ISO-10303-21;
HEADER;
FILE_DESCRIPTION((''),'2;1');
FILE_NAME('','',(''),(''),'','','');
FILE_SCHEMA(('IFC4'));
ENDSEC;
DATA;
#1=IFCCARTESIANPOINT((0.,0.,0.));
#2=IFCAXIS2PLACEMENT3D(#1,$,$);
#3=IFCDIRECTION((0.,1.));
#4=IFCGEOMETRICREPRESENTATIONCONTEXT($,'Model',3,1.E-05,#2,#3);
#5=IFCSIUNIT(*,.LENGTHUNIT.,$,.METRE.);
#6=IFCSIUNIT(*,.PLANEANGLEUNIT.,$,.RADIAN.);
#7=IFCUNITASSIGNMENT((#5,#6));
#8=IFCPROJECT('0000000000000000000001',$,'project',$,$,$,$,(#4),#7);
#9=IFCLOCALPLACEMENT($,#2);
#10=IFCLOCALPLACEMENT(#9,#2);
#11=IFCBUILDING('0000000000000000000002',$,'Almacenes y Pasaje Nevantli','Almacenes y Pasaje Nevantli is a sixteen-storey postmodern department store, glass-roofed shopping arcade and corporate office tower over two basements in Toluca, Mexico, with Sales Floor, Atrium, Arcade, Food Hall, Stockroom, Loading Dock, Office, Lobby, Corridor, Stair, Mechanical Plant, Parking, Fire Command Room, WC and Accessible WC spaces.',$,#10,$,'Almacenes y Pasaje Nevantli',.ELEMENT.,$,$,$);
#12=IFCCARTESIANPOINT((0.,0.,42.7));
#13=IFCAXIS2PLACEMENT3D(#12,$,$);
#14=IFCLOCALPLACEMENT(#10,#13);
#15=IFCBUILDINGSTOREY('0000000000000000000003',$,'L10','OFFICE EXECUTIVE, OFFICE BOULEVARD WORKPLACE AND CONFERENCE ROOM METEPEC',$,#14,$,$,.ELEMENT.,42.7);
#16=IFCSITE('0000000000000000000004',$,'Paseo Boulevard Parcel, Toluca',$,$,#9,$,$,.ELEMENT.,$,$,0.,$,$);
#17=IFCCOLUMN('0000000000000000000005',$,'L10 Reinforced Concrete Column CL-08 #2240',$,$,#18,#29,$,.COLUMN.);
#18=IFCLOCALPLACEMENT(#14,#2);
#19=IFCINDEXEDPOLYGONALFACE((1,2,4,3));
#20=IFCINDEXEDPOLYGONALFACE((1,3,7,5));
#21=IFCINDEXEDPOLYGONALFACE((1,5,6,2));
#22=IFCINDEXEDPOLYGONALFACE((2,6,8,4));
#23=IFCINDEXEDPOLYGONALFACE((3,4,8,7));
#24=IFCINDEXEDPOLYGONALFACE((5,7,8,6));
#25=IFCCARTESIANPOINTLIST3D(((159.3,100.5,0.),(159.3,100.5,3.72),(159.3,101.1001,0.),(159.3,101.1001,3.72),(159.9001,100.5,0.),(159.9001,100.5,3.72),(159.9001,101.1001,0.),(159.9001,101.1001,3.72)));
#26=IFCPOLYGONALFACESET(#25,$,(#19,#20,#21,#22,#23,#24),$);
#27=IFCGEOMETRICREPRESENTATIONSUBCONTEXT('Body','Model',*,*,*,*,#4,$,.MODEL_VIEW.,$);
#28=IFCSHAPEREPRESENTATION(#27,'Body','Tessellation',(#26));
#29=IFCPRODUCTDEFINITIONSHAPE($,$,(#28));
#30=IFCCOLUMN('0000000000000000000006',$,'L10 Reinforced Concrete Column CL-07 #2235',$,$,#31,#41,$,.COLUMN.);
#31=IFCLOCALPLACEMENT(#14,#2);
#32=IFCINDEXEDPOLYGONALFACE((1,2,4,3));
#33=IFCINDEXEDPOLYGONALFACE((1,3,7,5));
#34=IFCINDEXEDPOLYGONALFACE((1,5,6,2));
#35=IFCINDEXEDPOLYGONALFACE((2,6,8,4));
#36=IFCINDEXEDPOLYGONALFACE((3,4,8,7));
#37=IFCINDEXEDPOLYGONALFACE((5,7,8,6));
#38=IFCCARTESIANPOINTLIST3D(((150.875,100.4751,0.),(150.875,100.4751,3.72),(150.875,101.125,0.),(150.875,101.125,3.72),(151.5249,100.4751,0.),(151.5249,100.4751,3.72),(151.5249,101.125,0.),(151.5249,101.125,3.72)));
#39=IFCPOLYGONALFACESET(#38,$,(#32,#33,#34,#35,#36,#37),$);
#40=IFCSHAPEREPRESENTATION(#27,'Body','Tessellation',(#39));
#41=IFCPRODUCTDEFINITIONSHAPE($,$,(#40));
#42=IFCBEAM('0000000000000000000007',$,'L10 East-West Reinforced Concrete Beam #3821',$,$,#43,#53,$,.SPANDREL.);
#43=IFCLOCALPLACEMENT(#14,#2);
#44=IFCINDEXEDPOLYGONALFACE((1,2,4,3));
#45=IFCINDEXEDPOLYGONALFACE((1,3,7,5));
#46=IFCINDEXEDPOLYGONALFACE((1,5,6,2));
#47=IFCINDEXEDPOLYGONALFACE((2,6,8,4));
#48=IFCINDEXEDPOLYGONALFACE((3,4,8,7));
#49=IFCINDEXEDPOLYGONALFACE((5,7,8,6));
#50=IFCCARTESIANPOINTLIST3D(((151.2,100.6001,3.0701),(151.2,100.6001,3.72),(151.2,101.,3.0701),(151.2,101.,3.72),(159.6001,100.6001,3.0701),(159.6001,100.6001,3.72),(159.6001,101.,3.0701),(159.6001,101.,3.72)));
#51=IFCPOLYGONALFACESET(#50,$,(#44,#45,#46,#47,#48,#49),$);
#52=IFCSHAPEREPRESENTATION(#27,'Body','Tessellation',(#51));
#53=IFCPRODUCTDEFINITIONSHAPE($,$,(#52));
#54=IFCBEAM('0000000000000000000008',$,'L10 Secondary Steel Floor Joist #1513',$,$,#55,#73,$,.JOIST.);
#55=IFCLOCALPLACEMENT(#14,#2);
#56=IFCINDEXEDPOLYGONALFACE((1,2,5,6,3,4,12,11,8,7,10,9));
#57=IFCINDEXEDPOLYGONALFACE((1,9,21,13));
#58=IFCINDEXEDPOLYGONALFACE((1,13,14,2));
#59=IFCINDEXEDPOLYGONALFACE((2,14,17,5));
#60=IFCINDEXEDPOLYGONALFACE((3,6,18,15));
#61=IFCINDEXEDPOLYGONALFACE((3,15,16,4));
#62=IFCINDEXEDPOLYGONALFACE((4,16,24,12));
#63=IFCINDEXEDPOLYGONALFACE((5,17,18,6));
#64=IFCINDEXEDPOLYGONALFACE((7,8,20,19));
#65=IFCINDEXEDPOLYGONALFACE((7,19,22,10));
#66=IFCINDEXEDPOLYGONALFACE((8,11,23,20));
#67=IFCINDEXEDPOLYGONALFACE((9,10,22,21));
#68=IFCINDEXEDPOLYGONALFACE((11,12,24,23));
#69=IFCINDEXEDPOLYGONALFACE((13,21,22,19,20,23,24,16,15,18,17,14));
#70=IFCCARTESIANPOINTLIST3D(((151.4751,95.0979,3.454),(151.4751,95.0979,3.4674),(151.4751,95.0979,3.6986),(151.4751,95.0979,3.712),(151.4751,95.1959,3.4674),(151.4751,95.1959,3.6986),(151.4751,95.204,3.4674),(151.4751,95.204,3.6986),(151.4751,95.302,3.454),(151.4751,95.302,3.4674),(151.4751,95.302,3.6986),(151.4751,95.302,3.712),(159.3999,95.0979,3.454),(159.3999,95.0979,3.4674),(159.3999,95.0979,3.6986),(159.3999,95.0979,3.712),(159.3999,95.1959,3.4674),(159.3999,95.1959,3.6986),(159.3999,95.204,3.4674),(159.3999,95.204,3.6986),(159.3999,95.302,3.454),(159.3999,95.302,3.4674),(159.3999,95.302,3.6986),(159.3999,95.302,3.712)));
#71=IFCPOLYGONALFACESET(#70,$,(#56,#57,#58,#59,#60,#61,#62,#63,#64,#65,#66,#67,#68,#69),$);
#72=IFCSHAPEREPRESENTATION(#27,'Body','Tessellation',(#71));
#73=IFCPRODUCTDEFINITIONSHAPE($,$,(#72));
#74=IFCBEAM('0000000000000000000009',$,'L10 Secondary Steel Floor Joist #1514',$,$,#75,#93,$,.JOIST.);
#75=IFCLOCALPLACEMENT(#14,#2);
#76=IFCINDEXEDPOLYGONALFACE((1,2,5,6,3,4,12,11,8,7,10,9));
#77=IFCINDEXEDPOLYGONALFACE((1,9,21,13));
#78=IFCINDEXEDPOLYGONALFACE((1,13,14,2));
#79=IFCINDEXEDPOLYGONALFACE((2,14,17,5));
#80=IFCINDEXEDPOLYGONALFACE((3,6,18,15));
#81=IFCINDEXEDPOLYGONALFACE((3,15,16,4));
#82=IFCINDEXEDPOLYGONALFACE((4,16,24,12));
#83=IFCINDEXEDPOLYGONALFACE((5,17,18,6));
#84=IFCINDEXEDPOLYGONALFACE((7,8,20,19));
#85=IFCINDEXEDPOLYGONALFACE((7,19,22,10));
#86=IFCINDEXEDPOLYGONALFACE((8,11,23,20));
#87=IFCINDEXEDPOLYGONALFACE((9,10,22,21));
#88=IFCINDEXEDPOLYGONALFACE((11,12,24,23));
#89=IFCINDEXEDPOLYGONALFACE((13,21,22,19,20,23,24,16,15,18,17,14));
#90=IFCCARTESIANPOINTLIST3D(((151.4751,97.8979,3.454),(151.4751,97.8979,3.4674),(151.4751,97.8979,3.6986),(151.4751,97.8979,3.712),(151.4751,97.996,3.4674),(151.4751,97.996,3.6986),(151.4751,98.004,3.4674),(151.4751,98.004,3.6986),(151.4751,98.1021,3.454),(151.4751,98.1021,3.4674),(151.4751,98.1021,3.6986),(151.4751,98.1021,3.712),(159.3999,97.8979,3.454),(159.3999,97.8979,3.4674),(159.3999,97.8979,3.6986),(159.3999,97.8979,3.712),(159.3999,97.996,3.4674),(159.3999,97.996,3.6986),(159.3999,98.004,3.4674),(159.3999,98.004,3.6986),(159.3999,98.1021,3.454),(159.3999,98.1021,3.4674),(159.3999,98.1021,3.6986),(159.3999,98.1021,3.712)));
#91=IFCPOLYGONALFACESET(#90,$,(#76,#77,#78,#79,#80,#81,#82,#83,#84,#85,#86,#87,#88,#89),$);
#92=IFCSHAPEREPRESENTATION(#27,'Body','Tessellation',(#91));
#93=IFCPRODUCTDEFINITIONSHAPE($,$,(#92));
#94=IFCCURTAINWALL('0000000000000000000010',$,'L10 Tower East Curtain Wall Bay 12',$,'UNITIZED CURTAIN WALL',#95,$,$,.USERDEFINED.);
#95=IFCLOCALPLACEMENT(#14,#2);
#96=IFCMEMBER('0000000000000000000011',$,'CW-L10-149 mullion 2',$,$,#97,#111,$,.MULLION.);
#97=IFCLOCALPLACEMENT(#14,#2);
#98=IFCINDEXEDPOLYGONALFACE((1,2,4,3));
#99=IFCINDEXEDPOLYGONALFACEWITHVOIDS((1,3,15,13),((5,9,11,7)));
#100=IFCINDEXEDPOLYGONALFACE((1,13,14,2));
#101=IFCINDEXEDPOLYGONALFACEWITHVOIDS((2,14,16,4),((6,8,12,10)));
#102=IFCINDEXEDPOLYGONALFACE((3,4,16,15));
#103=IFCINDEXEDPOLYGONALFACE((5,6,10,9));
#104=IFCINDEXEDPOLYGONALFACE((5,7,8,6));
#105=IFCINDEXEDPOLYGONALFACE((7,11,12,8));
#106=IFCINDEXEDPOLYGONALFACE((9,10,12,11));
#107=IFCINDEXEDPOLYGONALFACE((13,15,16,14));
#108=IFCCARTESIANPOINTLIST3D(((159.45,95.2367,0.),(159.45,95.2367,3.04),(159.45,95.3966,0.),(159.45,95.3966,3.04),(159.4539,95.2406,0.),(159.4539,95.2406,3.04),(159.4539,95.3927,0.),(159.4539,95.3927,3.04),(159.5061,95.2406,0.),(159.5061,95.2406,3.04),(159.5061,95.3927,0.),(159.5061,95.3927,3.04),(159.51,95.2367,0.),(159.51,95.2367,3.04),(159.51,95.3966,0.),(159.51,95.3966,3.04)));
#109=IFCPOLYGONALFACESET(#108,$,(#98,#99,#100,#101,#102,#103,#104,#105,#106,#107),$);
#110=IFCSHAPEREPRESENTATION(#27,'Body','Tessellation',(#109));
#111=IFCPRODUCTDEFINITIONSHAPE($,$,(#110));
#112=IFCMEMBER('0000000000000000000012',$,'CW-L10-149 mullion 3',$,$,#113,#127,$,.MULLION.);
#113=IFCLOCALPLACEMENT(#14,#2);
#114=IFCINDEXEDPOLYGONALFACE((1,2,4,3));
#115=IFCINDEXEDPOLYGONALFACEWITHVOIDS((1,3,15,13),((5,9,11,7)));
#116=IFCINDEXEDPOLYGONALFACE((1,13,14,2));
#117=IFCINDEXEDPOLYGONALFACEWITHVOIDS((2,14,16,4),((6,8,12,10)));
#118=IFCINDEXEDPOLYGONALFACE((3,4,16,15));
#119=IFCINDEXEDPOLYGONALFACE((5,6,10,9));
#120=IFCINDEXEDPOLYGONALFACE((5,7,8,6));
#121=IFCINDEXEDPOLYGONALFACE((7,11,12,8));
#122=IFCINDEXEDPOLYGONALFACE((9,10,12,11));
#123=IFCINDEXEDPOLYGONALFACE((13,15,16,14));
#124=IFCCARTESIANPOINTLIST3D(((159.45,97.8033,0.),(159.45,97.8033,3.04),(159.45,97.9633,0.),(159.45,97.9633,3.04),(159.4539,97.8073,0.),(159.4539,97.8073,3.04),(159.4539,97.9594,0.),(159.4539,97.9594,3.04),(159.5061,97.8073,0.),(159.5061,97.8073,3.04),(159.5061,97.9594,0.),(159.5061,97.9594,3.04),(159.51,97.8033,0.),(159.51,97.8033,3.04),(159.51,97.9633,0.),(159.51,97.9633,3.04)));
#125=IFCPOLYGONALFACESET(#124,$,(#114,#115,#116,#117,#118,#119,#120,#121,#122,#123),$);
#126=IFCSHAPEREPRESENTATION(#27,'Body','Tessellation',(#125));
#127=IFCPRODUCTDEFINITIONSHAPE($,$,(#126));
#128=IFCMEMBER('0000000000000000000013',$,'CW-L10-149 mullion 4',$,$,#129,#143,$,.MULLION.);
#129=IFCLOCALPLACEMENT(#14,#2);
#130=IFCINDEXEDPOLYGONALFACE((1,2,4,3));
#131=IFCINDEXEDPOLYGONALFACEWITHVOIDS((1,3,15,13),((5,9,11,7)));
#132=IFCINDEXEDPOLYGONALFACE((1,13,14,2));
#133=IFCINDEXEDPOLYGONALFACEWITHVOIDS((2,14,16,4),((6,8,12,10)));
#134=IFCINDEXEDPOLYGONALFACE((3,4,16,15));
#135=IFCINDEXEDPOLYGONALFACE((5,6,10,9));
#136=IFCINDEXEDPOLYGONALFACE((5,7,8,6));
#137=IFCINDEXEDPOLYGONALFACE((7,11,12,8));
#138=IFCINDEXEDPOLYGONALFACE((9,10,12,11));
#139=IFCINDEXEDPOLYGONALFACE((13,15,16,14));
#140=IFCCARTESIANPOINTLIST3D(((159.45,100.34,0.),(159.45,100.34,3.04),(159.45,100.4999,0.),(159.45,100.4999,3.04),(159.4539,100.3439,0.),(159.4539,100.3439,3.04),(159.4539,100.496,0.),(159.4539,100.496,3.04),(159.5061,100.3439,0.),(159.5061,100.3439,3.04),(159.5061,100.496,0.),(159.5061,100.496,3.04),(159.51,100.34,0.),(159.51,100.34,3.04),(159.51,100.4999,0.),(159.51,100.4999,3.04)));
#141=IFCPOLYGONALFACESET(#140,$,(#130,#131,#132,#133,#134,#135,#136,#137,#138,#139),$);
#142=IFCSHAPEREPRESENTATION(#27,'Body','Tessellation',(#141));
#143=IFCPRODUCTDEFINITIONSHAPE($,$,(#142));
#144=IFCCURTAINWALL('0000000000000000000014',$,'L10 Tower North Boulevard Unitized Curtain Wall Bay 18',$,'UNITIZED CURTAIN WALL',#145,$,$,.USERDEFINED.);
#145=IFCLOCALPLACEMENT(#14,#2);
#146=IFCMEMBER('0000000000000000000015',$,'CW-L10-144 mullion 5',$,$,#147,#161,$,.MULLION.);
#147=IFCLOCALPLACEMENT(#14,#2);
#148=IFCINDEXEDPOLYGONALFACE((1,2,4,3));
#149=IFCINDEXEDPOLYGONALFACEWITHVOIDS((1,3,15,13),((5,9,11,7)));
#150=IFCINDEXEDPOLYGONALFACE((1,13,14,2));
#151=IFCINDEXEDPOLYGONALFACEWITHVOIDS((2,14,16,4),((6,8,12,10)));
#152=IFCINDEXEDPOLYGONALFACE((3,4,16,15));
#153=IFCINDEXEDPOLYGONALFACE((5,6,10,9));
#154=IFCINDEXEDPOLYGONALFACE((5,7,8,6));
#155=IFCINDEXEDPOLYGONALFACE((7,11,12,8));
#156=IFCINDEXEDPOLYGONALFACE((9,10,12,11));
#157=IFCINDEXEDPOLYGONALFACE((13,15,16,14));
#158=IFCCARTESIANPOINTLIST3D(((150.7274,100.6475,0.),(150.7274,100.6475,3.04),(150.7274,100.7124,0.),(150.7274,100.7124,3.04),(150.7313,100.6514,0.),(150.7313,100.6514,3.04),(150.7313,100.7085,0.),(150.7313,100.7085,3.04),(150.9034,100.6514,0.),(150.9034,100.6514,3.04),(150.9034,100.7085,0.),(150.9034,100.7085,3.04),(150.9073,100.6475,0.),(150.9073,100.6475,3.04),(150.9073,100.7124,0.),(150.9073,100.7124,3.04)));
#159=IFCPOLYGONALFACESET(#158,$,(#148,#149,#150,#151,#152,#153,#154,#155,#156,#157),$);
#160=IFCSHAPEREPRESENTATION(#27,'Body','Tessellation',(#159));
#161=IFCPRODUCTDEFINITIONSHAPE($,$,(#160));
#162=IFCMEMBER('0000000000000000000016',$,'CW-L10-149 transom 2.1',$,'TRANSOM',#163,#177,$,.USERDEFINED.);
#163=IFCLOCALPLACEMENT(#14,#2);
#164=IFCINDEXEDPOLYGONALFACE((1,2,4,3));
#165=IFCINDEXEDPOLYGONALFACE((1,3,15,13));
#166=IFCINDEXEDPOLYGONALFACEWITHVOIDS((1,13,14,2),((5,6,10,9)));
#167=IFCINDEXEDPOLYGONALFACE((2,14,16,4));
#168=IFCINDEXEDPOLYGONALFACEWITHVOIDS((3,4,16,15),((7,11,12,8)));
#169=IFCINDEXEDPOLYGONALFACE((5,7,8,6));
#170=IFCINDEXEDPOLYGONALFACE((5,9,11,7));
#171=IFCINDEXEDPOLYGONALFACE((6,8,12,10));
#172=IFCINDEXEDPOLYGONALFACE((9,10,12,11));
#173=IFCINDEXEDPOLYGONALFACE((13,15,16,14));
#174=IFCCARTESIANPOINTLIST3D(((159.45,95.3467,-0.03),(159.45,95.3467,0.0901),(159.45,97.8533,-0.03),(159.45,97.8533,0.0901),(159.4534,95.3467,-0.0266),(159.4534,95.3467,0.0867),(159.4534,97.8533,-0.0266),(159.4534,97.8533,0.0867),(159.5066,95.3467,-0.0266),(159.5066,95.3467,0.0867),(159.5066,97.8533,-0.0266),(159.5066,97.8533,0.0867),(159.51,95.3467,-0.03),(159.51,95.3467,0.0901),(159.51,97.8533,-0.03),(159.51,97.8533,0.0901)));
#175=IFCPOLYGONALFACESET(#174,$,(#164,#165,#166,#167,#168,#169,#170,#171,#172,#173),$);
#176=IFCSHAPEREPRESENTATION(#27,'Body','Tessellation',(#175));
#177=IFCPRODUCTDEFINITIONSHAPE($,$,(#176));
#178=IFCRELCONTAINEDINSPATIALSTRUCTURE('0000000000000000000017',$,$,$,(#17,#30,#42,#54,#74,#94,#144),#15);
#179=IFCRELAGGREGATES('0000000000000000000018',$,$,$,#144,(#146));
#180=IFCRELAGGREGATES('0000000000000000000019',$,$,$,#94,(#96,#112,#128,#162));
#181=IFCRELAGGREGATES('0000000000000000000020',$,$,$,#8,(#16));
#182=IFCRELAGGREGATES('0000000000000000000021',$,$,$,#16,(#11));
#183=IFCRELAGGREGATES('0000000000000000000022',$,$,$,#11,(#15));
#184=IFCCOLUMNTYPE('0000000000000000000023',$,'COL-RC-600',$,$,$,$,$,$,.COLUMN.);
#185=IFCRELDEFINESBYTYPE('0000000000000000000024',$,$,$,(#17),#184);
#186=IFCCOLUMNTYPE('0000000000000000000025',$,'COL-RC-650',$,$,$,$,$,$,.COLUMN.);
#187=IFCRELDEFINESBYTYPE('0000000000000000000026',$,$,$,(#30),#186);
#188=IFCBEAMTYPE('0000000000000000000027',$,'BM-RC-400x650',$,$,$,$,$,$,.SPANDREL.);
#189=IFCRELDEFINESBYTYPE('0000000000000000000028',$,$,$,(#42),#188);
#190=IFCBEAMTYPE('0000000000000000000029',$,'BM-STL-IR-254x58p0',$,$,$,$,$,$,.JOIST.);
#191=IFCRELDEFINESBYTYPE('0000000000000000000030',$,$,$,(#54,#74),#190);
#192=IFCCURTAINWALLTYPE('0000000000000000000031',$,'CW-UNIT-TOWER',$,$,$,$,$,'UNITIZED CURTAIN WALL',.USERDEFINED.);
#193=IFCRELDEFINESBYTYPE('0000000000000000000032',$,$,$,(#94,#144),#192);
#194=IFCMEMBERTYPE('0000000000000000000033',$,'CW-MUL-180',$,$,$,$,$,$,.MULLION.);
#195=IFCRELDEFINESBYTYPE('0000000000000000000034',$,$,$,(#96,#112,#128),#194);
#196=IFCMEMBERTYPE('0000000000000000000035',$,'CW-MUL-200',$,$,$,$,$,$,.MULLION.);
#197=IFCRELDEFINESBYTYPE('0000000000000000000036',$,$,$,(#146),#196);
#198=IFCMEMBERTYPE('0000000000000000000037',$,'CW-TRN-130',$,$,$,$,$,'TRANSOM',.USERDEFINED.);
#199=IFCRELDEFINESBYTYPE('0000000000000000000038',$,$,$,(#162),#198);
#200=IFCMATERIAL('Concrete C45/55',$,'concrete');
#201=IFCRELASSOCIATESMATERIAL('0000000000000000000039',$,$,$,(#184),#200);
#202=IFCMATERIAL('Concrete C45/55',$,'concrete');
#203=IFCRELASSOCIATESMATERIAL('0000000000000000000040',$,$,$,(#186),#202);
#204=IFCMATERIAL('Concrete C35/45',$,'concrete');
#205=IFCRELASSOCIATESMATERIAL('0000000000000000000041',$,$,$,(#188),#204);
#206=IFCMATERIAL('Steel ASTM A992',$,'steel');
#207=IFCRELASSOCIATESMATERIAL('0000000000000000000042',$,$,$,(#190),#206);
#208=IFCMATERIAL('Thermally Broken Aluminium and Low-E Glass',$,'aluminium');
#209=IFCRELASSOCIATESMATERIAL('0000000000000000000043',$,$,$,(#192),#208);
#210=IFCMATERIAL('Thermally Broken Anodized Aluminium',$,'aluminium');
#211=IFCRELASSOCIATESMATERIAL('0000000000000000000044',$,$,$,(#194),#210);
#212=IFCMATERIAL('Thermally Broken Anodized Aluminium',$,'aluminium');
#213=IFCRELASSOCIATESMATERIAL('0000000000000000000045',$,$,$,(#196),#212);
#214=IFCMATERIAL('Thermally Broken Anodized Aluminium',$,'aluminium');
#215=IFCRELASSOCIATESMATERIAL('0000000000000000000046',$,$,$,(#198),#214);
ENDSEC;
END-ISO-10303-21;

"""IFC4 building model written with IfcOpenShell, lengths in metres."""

from ifc_helpers import new_model, si_unit, direction, frame, origin, origin_2d, place, context, subcontext, project, spatial, rectangle, hollow_rectangle, i_section, extrude, material, material_profile, profile_set, type_object, element, aggregate, save


model = new_model("IFC4")

# Units and contexts
model_context = context("Model", 3, precision=1e-05, world=origin(), true_north=direction((0.0, 1.0)))
body_context = subcontext(model_context, "Body", "Model", "MODEL_VIEW")
ifc_project = project(units=[si_unit("LENGTHUNIT", "METRE"), si_unit("PLANEANGLEUNIT", "RADIAN")], contexts=[model_context])

# Site, building, storey
site_placement = place(None, origin())
site = spatial("IfcSite", under=ifc_project, at=site_placement, Name="Paseo Boulevard Parcel, Toluca", CompositionType="ELEMENT", RefElevation=0.0)
building_placement = place(site_placement, origin())
building = spatial("IfcBuilding", under=site, at=building_placement, Name="Almacenes y Pasaje Nevantli", Description="Almacenes y Pasaje Nevantli is a sixteen-storey postmodern department store, glass-roofed shopping arcade and corporate office tower over two basements in Toluca, Mexico, with Sales Floor, Atrium, Arcade, Food Hall, Stockroom, Loading Dock, Office, Lobby, Corridor, Stair, Mechanical Plant, Parking, Fire Command Room, WC and Accessible WC spaces.", LongName="Almacenes y Pasaje Nevantli", CompositionType="ELEMENT")
storey_placement = place(building_placement, frame((0.0, 0.0, 42.7)))
storey = spatial("IfcBuildingStorey", under=building, at=storey_placement, Name="L10", Description="OFFICE EXECUTIVE, OFFICE BOULEVARD WORKPLACE AND CONFERENCE ROOM METEPEC", CompositionType="ELEMENT", Elevation=42.7)

# Columns
ifc_material_1 = material(Name="Concrete C45/55", Category="concrete")
ifc_material_profile_1 = material_profile(ifc_material_1, rectangle(XDim=0.6001, YDim=0.6001, at=origin_2d()), Name="RC-COL-600x600")
ifc_profile_set_1 = profile_set([ifc_material_profile_1], Name="Concrete C45/55")
column_type_1 = type_object("IfcColumnType", Name="COL-RC-600", PredefinedType="COLUMN", material=ifc_profile_set_1)
column_1_placement = place(storey_placement, frame((159.6001, 100.8, 0.0), z_axis=(0.0, 0.0, 1.0), x_axis=(1.0, 0.0, 0.0)))
element("IfcColumn", 1, at=column_1_placement, inside=storey, type_object=column_type_1, Name="L10 Reinforced Concrete Column CL-08 #2240", PredefinedType="COLUMN", context=body_context, shape_type="SweptSolid", body=[
    extrude(rectangle(XDim=0.6001, YDim=0.6001, at=origin_2d()), origin(), (0.0, 0.0, 1.0), 3.72),
])
ifc_material_2 = material(Name="Concrete C45/55", Category="concrete")
ifc_material_profile_2 = material_profile(ifc_material_2, rectangle(XDim=0.6499, YDim=0.6499, at=origin_2d()), Name="RC-COL-650x650")
ifc_profile_set_2 = profile_set([ifc_material_profile_2], Name="Concrete C45/55")
column_type_2 = type_object("IfcColumnType", Name="COL-RC-650", PredefinedType="COLUMN", material=ifc_profile_set_2)
column_2_placement = place(storey_placement, frame((151.2, 100.8, 0.0), z_axis=(0.0, 0.0, 1.0), x_axis=(1.0, 0.0, 0.0)))
element("IfcColumn", 2, at=column_2_placement, inside=storey, type_object=column_type_2, Name="L10 Reinforced Concrete Column CL-07 #2235", PredefinedType="COLUMN", context=body_context, shape_type="SweptSolid", body=[
    extrude(rectangle(XDim=0.6499, YDim=0.6499, at=origin_2d()), origin(), (0.0, 0.0, 1.0), 3.72),
])

# Beams
ifc_material_3 = material(Name="Concrete C35/45", Category="concrete")
ifc_material_profile_3 = material_profile(ifc_material_3, rectangle(XDim=0.3999, YDim=0.6499, at=origin_2d()), Name="RC-BM-400x650")
ifc_profile_set_3 = profile_set([ifc_material_profile_3], Name="Concrete C35/45")
beam_type_1 = type_object("IfcBeamType", Name="BM-RC-400x650", PredefinedType="SPANDREL", material=ifc_profile_set_3)
beam_placement = place(storey_placement, frame((151.2, 100.8, 3.395), z_axis=(1.0, 0.0, 0.0), x_axis=(0.0, 1.0, 0.0)))
element("IfcBeam", 3, at=beam_placement, inside=storey, type_object=beam_type_1, Name="L10 East-West Reinforced Concrete Beam #3821", PredefinedType="SPANDREL", context=body_context, shape_type="SweptSolid", body=[
    extrude(rectangle(XDim=0.3999, YDim=0.6499, at=origin_2d()), origin(), (0.0, 0.0, 1.0), 8.4001),
])
ifc_material_4 = material(Name="Steel ASTM A992", Category="steel")
ifc_material_profile_4 = material_profile(ifc_material_4, i_section(OverallWidth=0.2041, OverallDepth=0.2581, WebThickness=0.0081, FlangeThickness=0.0134, at=origin_2d()), Name="IR 254x58.0")
ifc_profile_set_4 = profile_set([ifc_material_profile_4], Name="Steel ASTM A992")
beam_type_2 = type_object("IfcBeamType", Name="BM-STL-IR-254x58p0", PredefinedType="JOIST", material=ifc_profile_set_4)
for number, where, z_axis, x_axis, name in (
    (4, (151.4751, 95.2, 3.583), (1.0, 0.0, 0.0), (0.0, 1.0, 0.0), "L10 Secondary Steel Floor Joist #1513"),
    (5, (151.4751, 98.0, 3.583), (1.0, 0.0, 0.0), (0.0, 1.0, 0.0), "L10 Secondary Steel Floor Joist #1514"),
):
    element("IfcBeam", number, at=place(storey_placement, frame(where, z_axis=z_axis, x_axis=x_axis)), inside=storey, type_object=beam_type_2, Name=name, PredefinedType="JOIST", context=body_context, shape_type="SweptSolid", body=[
        extrude(i_section(OverallWidth=0.2041, OverallDepth=0.2581, WebThickness=0.0081, FlangeThickness=0.0134, at=origin_2d()), origin(), (0.0, 0.0, 1.0), 7.9248),
    ])

# Curtain wall, members
ifc_material_5 = material(Name="Thermally Broken Aluminium and Low-E Glass", Category="aluminium")
curtain_wall_type = type_object("IfcCurtainWallType", Name="CW-UNIT-TOWER", ElementType="UNITIZED CURTAIN WALL", PredefinedType="USERDEFINED", material=ifc_material_5)
curtain_wall_1_placement = place(storey_placement, origin())
curtain_wall_1 = element("IfcCurtainWall", 6, at=curtain_wall_1_placement, inside=storey, type_object=curtain_wall_type, Name="L10 Tower East Curtain Wall Bay 12", ObjectType="UNITIZED CURTAIN WALL", PredefinedType="USERDEFINED")
ifc_material_6 = material(Name="Thermally Broken Anodized Aluminium", Category="aluminium")
ifc_material_profile_5 = material_profile(ifc_material_6, hollow_rectangle(XDim=0.0601, YDim=0.1599, WallThickness=0.0039, at=origin_2d()), Name="ALU-MUL-60x160")
ifc_profile_set_5 = profile_set([ifc_material_profile_5], Name="Thermally Broken Anodized Aluminium")
member_type_1 = type_object("IfcMemberType", Name="CW-MUL-180", PredefinedType="MULLION", material=ifc_profile_set_5)
member_1_placement = place(storey_placement, frame((159.48, 95.3167, 0.0), z_axis=(0.0, 0.0, 1.0), x_axis=(-1.0, 0.0, 0.0)))
member_1 = element("IfcMember", 7, at=member_1_placement, type_object=member_type_1, Name="CW-L10-149 mullion 2", PredefinedType="MULLION", context=body_context, shape_type="SweptSolid", body=[
    extrude(hollow_rectangle(XDim=0.0601, YDim=0.1599, WallThickness=0.0039, at=origin_2d()), origin(), (0.0, 0.0, 1.0), 3.04),
])
member_2_placement = place(storey_placement, frame((159.48, 97.8833, 0.0), z_axis=(0.0, 0.0, 1.0), x_axis=(-1.0, 0.0, 0.0)))
member_2 = element("IfcMember", 8, at=member_2_placement, type_object=member_type_1, Name="CW-L10-149 mullion 3", PredefinedType="MULLION", context=body_context, shape_type="SweptSolid", body=[
    extrude(hollow_rectangle(XDim=0.0601, YDim=0.1599, WallThickness=0.0039, at=origin_2d()), origin(), (0.0, 0.0, 1.0), 3.04),
])
member_3_placement = place(storey_placement, frame((159.48, 100.4199, 0.0), z_axis=(0.0, 0.0, 1.0), x_axis=(-1.0, 0.0, 0.0)))
member_3 = element("IfcMember", 9, at=member_3_placement, type_object=member_type_1, Name="CW-L10-149 mullion 4", PredefinedType="MULLION", context=body_context, shape_type="SweptSolid", body=[
    extrude(hollow_rectangle(XDim=0.0601, YDim=0.1599, WallThickness=0.0039, at=origin_2d()), origin(), (0.0, 0.0, 1.0), 3.04),
])

# Curtain wall, member
curtain_wall_2_placement = place(storey_placement, origin())
curtain_wall_2 = element("IfcCurtainWall", 10, at=curtain_wall_2_placement, inside=storey, type_object=curtain_wall_type, Name="L10 Tower North Boulevard Unitized Curtain Wall Bay 18", ObjectType="UNITIZED CURTAIN WALL", PredefinedType="USERDEFINED")
ifc_material_7 = material(Name="Thermally Broken Anodized Aluminium", Category="aluminium")
ifc_material_profile_6 = material_profile(ifc_material_7, hollow_rectangle(XDim=0.0649, YDim=0.1799, WallThickness=0.0039, at=origin_2d()), Name="ALU-MUL-65x180")
ifc_profile_set_6 = profile_set([ifc_material_profile_6], Name="Thermally Broken Anodized Aluminium")
member_type_2 = type_object("IfcMemberType", Name="CW-MUL-200", PredefinedType="MULLION", material=ifc_profile_set_6)
member_4_placement = place(storey_placement, frame((150.8174, 100.6799, 0.0), z_axis=(0.0, 0.0, 1.0), x_axis=(0.0, 1.0, 0.0)))
member_4 = element("IfcMember", 11, at=member_4_placement, type_object=member_type_2, Name="CW-L10-144 mullion 5", PredefinedType="MULLION", context=body_context, shape_type="SweptSolid", body=[
    extrude(hollow_rectangle(XDim=0.0649, YDim=0.1799, WallThickness=0.0039, at=origin_2d()), origin(), (0.0, 0.0, 1.0), 3.04),
])

# Member
ifc_material_8 = material(Name="Thermally Broken Anodized Aluminium", Category="aluminium")
ifc_material_profile_7 = material_profile(ifc_material_8, hollow_rectangle(XDim=0.0601, YDim=0.1201, WallThickness=0.0034, at=origin_2d()), Name="ALU-TRN-60x120")
ifc_profile_set_7 = profile_set([ifc_material_profile_7], Name="Thermally Broken Anodized Aluminium")
member_type_3 = type_object("IfcMemberType", Name="CW-TRN-130", ElementType="TRANSOM", PredefinedType="USERDEFINED", material=ifc_profile_set_7)
member_5_placement = place(storey_placement, frame((159.48, 95.3467, 0.03), z_axis=(0.0, 1.0, 0.0), x_axis=(-1.0, 0.0, 0.0)))
member_5 = element("IfcMember", 12, at=member_5_placement, type_object=member_type_3, Name="CW-L10-149 transom 2.1", ObjectType="TRANSOM", PredefinedType="USERDEFINED", context=body_context, shape_type="SweptSolid", body=[
    extrude(hollow_rectangle(XDim=0.0601, YDim=0.1201, WallThickness=0.0034, at=origin_2d()), origin(), (0.0, 0.0, 1.0), 2.5066),
])

aggregate(curtain_wall_2, [member_4])
aggregate(curtain_wall_1, [member_1, member_2, member_3, member_5])

save(model, "model.ifc")
